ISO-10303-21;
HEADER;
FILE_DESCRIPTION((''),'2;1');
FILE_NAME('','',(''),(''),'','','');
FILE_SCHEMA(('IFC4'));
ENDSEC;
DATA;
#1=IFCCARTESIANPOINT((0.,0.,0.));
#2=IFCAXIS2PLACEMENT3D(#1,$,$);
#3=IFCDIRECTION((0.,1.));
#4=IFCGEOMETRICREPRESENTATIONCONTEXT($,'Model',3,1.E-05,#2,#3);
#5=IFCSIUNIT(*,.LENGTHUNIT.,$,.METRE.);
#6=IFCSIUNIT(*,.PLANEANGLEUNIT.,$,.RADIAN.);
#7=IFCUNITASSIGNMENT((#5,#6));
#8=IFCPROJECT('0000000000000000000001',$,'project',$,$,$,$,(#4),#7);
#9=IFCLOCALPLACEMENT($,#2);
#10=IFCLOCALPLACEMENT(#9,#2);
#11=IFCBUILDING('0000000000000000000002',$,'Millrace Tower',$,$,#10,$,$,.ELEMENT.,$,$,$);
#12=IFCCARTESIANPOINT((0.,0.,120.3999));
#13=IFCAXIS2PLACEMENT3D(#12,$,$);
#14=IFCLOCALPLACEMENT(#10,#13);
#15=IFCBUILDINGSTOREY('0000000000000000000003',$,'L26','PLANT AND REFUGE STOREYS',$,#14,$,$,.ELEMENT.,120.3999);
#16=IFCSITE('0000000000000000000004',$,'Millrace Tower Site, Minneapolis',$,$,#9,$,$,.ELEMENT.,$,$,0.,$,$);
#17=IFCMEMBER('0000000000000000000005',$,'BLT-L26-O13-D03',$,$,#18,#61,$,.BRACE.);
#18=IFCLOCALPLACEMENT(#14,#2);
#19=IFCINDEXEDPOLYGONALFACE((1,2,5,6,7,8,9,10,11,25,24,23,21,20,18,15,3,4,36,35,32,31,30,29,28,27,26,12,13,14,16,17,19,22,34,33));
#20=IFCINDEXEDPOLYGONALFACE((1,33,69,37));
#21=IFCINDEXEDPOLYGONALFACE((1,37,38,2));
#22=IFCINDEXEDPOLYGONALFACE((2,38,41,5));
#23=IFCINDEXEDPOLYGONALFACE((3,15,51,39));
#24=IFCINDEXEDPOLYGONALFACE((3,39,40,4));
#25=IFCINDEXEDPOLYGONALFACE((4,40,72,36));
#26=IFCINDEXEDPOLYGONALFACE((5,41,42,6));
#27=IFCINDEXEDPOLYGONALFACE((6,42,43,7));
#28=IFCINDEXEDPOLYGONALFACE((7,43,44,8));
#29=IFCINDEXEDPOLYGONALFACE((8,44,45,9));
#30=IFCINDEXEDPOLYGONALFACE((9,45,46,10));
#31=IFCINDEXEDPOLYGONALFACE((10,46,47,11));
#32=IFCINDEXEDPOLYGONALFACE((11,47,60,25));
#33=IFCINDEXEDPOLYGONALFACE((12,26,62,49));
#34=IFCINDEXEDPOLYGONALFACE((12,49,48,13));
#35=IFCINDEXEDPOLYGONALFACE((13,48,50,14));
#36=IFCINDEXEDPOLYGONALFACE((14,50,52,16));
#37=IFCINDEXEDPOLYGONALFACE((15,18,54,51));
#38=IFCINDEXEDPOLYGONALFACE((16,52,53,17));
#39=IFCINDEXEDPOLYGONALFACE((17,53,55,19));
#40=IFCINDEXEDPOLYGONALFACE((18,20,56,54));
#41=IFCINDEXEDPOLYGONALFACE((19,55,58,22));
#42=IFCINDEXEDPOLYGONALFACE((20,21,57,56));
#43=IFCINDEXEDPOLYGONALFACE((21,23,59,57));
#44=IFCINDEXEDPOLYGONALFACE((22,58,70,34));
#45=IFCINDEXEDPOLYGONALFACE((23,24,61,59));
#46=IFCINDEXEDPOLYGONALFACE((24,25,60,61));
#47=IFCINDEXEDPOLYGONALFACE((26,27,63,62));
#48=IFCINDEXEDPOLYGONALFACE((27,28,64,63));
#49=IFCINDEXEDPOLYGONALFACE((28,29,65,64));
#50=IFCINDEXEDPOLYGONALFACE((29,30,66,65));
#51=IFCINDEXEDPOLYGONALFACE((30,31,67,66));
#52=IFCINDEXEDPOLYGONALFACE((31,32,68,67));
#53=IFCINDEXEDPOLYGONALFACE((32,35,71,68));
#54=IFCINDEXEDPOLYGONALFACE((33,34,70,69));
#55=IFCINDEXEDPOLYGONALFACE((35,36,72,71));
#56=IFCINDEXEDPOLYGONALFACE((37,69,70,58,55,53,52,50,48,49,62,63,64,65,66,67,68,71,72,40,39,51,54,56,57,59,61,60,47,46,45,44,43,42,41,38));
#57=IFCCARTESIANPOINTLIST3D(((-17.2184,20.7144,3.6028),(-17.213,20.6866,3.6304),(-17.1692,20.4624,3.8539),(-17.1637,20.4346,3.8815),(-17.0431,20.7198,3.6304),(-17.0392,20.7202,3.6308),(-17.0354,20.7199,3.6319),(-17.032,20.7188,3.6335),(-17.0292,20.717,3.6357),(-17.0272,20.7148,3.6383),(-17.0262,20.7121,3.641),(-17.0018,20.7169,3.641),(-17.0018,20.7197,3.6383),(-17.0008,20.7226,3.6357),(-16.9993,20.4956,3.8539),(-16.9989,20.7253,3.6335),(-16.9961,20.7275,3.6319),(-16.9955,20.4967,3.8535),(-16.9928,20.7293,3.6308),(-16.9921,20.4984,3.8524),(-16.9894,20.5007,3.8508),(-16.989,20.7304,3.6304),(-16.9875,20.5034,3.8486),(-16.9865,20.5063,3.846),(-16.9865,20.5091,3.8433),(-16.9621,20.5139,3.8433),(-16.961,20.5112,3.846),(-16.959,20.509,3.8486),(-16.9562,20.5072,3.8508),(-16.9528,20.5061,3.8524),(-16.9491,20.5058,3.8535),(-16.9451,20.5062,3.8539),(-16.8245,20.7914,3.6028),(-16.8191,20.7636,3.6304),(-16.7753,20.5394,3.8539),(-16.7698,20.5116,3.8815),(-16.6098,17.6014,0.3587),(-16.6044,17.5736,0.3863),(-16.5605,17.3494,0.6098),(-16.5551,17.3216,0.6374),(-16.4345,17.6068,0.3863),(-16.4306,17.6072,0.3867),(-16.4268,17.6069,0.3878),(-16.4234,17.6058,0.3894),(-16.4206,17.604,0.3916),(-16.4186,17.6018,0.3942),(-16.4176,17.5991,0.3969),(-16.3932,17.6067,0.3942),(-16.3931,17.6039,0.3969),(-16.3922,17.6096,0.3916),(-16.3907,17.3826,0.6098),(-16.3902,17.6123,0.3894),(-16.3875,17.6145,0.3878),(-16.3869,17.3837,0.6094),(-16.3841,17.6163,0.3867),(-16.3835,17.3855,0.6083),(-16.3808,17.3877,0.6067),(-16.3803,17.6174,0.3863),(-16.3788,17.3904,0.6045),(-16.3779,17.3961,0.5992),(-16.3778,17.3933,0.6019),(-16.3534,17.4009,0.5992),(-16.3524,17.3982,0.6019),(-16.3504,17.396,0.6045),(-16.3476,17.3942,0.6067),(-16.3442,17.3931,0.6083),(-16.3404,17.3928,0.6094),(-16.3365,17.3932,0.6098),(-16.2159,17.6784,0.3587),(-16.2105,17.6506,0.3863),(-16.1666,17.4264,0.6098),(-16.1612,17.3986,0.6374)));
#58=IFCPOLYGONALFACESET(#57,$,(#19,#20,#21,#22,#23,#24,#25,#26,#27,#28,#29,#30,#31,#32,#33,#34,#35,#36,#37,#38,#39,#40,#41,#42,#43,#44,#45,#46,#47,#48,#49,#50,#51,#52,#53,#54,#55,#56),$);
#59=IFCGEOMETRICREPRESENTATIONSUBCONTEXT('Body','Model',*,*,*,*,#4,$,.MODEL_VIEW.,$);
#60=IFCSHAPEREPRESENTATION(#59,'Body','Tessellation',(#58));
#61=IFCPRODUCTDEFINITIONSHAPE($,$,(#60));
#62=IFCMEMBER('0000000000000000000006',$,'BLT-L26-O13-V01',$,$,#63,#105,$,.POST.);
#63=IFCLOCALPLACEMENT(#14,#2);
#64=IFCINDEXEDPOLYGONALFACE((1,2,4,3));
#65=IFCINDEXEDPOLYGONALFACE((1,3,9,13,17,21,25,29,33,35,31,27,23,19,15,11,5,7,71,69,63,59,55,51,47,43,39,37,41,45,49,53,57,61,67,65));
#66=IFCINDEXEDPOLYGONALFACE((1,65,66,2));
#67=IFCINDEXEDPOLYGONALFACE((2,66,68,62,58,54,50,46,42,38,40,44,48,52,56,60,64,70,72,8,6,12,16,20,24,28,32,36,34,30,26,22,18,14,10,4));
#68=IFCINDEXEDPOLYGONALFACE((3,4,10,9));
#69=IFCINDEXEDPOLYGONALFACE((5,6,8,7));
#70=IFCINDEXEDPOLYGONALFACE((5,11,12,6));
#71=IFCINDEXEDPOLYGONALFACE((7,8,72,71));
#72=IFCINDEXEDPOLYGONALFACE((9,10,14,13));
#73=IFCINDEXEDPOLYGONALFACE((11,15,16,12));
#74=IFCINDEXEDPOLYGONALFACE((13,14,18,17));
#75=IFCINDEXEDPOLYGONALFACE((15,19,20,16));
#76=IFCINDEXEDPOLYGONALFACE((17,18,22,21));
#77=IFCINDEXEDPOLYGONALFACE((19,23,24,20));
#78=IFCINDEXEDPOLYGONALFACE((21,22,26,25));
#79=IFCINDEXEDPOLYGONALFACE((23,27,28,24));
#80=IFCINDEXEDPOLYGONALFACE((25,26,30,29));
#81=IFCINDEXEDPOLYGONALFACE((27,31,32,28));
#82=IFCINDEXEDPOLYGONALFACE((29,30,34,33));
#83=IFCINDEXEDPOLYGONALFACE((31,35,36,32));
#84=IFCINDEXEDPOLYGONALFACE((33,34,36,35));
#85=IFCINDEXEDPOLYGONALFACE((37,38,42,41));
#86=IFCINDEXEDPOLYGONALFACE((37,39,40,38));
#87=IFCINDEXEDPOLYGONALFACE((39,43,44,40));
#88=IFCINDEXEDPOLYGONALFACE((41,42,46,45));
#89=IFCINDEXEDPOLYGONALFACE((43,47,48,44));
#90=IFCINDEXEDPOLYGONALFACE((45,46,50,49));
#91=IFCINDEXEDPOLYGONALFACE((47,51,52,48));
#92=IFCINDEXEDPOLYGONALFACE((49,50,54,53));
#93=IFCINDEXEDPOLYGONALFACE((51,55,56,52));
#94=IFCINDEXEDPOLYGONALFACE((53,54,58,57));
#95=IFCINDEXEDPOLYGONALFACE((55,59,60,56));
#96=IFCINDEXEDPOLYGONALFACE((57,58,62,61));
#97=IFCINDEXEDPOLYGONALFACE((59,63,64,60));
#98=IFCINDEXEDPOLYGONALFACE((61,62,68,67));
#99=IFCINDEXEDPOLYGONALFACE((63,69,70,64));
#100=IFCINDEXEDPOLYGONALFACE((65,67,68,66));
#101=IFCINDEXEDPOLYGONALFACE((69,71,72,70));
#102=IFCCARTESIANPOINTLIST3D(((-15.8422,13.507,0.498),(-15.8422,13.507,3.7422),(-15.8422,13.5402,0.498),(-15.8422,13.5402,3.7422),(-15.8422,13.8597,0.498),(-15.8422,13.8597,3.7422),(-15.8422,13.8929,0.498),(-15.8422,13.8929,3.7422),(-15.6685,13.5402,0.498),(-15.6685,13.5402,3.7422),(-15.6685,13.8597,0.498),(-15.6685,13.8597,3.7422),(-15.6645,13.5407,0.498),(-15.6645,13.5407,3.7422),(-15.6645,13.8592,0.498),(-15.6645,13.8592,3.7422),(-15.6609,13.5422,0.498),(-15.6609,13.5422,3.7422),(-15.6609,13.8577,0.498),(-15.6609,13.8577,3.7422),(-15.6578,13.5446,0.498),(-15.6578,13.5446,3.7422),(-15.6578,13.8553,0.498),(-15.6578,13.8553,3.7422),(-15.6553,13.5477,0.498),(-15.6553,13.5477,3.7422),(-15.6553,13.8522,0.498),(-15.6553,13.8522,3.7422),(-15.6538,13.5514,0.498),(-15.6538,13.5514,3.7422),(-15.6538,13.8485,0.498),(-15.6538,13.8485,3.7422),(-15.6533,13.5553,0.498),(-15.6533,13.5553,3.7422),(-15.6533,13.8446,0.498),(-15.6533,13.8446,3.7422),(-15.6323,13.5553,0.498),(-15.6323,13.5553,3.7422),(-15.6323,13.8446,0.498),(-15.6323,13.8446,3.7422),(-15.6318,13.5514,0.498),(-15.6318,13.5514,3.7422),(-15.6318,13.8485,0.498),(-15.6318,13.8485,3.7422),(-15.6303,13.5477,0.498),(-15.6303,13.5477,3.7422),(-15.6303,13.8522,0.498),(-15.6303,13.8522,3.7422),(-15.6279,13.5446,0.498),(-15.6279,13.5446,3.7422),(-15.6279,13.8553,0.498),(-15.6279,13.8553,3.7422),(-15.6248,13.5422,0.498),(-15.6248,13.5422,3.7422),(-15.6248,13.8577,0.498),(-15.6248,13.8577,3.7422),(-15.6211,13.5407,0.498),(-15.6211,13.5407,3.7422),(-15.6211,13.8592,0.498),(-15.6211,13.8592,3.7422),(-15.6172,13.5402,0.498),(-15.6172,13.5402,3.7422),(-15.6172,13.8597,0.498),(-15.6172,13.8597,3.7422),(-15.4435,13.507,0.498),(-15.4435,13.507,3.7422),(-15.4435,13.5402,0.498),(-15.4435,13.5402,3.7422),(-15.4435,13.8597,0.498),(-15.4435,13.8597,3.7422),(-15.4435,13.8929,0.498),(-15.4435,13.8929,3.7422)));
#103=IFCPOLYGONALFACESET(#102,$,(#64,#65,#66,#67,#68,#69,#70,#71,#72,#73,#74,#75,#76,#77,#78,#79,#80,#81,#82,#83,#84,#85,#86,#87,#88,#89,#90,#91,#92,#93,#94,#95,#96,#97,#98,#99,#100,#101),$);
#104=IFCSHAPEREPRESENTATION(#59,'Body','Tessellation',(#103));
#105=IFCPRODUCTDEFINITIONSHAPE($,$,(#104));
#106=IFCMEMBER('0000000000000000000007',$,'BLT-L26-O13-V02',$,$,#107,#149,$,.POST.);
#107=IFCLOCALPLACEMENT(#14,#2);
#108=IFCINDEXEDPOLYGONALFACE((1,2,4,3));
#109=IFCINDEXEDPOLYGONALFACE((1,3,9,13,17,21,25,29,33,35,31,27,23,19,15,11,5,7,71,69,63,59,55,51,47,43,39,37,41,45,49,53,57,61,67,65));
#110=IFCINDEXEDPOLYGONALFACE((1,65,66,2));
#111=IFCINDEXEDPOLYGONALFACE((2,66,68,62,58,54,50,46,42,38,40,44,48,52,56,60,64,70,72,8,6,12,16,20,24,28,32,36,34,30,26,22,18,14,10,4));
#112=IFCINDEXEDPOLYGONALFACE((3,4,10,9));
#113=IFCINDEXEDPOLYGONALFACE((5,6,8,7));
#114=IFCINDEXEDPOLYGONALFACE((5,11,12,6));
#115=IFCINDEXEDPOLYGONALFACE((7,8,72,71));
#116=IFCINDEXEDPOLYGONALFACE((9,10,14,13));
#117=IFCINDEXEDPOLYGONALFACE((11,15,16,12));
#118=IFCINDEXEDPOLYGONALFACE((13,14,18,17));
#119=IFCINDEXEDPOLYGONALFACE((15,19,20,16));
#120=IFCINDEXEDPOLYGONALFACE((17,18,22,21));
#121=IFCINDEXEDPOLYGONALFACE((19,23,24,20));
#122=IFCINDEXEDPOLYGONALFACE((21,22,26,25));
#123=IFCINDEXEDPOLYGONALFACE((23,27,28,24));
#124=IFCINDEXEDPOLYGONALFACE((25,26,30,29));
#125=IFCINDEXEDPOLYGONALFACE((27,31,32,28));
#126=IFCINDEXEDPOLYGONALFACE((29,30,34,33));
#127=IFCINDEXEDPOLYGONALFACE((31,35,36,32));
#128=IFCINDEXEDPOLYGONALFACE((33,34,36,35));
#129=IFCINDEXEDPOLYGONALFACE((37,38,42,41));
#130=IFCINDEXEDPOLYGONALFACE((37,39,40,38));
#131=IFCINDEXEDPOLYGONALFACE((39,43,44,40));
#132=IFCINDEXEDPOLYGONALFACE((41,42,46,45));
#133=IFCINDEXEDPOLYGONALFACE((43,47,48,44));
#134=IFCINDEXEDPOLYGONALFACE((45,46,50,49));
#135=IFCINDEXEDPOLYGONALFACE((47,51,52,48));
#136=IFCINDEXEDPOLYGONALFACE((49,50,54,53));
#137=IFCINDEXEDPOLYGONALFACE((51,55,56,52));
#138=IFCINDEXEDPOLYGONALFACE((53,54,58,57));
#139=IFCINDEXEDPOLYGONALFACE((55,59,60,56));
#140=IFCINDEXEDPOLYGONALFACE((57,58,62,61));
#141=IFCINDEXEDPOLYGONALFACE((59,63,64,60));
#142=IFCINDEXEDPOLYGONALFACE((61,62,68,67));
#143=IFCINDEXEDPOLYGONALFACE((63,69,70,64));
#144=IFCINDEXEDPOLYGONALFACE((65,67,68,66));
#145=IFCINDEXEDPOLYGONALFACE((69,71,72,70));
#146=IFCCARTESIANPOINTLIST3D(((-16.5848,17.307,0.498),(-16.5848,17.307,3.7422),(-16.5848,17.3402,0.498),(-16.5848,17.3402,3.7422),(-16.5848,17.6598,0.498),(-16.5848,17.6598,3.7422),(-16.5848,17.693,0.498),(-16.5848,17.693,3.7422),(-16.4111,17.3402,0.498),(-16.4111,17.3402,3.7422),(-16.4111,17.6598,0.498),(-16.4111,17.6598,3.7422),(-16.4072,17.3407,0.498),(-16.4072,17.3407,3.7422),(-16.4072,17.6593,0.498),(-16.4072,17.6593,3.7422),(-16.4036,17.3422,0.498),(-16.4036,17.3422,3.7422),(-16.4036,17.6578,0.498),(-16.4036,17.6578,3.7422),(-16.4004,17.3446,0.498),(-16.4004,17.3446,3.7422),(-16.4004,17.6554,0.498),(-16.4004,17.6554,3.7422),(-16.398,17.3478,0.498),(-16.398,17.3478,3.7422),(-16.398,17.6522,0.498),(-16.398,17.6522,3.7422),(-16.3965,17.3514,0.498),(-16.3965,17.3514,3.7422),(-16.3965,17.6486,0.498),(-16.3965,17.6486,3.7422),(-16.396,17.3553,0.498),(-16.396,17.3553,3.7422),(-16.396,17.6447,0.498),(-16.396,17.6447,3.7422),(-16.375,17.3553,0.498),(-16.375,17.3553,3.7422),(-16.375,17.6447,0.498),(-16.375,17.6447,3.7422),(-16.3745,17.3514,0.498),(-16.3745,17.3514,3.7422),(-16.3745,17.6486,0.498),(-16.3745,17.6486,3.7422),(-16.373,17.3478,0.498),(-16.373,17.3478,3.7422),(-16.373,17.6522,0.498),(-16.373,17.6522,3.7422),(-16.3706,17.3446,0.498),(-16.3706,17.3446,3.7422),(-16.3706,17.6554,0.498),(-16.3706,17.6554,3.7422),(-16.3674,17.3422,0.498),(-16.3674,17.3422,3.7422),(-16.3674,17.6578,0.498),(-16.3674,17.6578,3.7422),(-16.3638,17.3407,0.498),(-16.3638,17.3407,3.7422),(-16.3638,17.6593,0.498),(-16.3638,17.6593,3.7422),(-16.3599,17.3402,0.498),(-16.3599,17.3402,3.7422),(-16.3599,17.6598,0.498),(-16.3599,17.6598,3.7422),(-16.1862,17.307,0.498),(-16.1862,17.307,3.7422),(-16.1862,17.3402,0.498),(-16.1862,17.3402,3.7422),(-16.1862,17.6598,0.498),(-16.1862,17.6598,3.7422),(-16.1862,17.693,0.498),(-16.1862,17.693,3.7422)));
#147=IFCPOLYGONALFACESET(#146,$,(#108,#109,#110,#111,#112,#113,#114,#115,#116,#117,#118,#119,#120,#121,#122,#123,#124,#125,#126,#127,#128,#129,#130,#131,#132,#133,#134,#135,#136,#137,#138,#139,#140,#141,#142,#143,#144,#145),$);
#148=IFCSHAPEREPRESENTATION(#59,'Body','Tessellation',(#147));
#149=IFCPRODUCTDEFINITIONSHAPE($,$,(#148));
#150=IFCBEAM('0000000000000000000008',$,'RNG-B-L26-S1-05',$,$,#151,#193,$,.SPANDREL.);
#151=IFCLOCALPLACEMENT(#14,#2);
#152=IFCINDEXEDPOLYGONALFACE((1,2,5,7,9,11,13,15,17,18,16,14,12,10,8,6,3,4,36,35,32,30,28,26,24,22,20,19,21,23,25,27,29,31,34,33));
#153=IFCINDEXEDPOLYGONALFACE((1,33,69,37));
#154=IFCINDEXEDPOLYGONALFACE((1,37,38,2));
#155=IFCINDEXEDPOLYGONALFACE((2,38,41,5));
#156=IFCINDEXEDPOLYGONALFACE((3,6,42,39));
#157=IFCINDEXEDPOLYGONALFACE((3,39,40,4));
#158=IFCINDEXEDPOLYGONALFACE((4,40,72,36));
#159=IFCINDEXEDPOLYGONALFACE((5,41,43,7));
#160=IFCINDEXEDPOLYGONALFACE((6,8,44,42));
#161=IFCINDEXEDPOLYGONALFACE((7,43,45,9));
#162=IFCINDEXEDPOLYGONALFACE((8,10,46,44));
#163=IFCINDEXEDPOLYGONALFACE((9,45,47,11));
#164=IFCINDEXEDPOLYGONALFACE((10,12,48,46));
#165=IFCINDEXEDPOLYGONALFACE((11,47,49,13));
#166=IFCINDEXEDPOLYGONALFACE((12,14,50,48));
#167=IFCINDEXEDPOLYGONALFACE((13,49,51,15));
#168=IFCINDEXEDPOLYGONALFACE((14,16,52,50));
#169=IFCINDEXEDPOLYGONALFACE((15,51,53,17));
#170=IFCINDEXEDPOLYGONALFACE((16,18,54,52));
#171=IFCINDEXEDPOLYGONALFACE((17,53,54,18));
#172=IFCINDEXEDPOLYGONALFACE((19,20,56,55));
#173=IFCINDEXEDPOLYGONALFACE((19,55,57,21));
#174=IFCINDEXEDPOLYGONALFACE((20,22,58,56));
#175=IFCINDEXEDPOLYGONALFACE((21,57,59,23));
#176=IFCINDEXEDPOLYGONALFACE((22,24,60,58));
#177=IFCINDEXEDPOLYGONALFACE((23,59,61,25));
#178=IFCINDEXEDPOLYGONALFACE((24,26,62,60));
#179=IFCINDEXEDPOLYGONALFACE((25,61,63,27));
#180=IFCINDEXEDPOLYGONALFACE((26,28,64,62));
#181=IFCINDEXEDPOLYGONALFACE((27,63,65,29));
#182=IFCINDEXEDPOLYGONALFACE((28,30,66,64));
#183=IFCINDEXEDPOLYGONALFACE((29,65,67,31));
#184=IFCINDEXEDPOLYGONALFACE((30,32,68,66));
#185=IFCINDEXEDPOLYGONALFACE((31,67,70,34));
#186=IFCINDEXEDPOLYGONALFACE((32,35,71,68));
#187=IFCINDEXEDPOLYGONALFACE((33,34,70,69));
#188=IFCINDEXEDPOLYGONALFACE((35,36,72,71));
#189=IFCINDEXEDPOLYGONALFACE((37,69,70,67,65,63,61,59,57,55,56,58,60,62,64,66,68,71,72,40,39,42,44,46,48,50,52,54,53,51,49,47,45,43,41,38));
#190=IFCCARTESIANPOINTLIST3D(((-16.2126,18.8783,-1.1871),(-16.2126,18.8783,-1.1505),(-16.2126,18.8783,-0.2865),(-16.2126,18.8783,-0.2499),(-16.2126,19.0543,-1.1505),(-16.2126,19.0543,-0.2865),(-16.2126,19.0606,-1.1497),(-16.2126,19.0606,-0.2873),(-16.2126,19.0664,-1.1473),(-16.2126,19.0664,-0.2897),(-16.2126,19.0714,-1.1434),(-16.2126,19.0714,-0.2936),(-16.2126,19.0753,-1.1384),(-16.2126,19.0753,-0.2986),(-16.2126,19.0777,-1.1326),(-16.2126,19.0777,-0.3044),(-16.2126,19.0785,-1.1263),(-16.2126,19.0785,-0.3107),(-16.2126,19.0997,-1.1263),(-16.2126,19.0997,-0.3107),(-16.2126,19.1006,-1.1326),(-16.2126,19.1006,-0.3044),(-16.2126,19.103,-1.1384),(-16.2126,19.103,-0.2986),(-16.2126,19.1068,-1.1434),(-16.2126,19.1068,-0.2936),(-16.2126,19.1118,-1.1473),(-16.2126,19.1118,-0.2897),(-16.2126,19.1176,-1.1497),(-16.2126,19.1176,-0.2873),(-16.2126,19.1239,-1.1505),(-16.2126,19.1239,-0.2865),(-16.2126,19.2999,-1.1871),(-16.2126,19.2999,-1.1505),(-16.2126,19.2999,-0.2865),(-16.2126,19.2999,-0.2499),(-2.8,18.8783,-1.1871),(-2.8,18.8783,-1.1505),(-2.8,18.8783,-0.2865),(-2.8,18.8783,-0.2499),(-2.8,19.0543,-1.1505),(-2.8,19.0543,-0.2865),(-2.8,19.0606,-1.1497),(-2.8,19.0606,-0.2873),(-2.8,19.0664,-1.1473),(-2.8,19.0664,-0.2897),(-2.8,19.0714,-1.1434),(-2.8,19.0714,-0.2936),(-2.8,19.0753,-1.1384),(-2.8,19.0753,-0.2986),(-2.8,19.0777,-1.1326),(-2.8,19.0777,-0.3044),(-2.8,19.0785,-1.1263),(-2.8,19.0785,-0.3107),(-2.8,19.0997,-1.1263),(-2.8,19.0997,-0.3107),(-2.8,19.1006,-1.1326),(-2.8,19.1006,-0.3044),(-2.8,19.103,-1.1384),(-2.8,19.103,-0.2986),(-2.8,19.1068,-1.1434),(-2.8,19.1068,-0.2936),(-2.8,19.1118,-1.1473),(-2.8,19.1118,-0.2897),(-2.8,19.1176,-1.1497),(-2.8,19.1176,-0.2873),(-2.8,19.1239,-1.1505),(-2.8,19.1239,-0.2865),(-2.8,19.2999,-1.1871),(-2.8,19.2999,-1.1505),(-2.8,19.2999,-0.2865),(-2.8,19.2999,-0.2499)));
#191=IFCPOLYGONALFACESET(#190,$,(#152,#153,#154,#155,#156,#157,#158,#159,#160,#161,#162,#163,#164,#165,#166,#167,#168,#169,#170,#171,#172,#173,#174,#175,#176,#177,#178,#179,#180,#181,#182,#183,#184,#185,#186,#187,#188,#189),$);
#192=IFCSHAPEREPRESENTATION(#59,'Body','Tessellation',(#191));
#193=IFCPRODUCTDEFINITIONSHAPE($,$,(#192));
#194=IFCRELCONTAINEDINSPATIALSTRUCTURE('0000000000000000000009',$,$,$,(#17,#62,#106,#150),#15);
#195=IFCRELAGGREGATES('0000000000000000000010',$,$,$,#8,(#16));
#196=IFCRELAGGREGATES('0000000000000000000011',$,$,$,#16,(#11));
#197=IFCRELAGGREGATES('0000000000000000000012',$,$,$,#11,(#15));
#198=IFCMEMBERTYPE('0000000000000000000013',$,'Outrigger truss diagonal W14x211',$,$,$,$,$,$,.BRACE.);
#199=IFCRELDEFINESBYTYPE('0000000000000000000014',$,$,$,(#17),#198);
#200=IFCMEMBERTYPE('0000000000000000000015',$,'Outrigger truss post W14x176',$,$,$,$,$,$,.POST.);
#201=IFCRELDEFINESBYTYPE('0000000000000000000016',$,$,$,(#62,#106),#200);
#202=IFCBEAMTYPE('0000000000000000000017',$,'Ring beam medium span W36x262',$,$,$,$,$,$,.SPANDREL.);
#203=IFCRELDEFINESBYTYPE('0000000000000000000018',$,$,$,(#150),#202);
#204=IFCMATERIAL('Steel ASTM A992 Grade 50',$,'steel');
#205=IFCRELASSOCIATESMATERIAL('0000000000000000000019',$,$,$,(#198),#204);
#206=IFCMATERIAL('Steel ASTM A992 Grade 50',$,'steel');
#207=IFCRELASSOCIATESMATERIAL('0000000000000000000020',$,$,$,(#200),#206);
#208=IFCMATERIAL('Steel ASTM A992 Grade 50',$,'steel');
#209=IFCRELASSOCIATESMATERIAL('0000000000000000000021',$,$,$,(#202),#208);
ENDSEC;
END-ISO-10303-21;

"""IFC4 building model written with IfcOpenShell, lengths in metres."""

from ifc_helpers import new_model, si_unit, direction, frame, origin, origin_2d, place, context, subcontext, project, spatial, i_section, extrude, material, material_profile, profile_set, type_object, element, save


model = new_model("IFC4")

# Units and contexts
model_context = context("Model", 3, precision=1e-05, world=origin(), true_north=direction((0.0, 1.0)))
body_context = subcontext(model_context, "Body", "Model", "MODEL_VIEW")
ifc_project = project(units=[si_unit("LENGTHUNIT", "METRE"), si_unit("PLANEANGLEUNIT", "RADIAN")], contexts=[model_context])

# Site, building, storey
site_placement = place(None, origin())
site = spatial("IfcSite", under=ifc_project, at=site_placement, Name="Millrace Tower Site, Minneapolis", CompositionType="ELEMENT", RefElevation=0.0)
building_placement = place(site_placement, origin())
building = spatial("IfcBuilding", under=site, at=building_placement, Name="Millrace Tower", CompositionType="ELEMENT")
storey_placement = place(building_placement, frame((0.0, 0.0, 120.3999)))
storey = spatial("IfcBuildingStorey", under=building, at=storey_placement, Name="L26", Description="PLANT AND REFUGE STOREYS", CompositionType="ELEMENT", Elevation=120.3999)

# Members
ifc_material_1 = material(Name="Steel ASTM A992 Grade 50", Category="steel")
ifc_material_profile_1 = material_profile(ifc_material_1, i_section(OverallWidth=0.4014, OverallDepth=0.3987, WebThickness=0.0249, FlangeThickness=0.0396, FilletRadius=0.0151, at=origin_2d()))
ifc_profile_set_1 = profile_set([ifc_material_profile_1], Name="Steel ASTM A992 Grade 50")
member_type_1 = type_object("IfcMemberType", Name="Outrigger truss diagonal W14x211", PredefinedType="BRACE", material=ifc_profile_set_1)
member_1_placement = place(storey_placement, frame((-16.3855, 17.5, 0.498), z_axis=(-0.134146, 0.686119, 0.715014), x_axis=(-0.981418, -0.191881, 0.0)))
element("IfcMember", 1, at=member_1_placement, inside=storey, type_object=member_type_1, Name="BLT-L26-O13-D03", PredefinedType="BRACE", context=body_context, shape_type="SweptSolid", body=[
    extrude(i_section(OverallWidth=0.4014, OverallDepth=0.3987, WebThickness=0.0249, FlangeThickness=0.0396, FilletRadius=0.0151, at=origin_2d()), origin(), (0.0, 0.0, 1.0), 4.5371),
])
ifc_material_2 = material(Name="Steel ASTM A992 Grade 50", Category="steel")
ifc_material_profile_2 = material_profile(ifc_material_2, i_section(OverallWidth=0.3987, OverallDepth=0.386, WebThickness=0.021, FlangeThickness=0.0332, FilletRadius=0.0151, at=origin_2d()))
ifc_profile_set_2 = profile_set([ifc_material_profile_2], Name="Steel ASTM A992 Grade 50")
member_type_2 = type_object("IfcMemberType", Name="Outrigger truss post W14x176", PredefinedType="POST", material=ifc_profile_set_2)
for number, where, z_axis, x_axis, name in (
    (2, (-15.6428, 13.7, 0.498), (0.0, 0.0, 1.0), (1.0, 0.0, 0.0), "BLT-L26-O13-V01"),
    (3, (-16.3855, 17.5, 0.498), (0.0, 0.0, 1.0), (1.0, 0.0, 0.0), "BLT-L26-O13-V02"),
):
    element("IfcMember", number, at=place(storey_placement, frame(where, z_axis=z_axis, x_axis=x_axis)), inside=storey, type_object=member_type_2, Name=name, PredefinedType="POST", context=body_context, shape_type="SweptSolid", body=[
        extrude(i_section(OverallWidth=0.3987, OverallDepth=0.386, WebThickness=0.021, FlangeThickness=0.0332, FilletRadius=0.0151, at=origin_2d()), origin(), (0.0, 0.0, 1.0), 3.2441),
    ])

# Beam
ifc_material_3 = material(Name="Steel ASTM A992 Grade 50", Category="steel")
ifc_material_profile_3 = material_profile(ifc_material_3, i_section(OverallWidth=0.4216, OverallDepth=0.9373, WebThickness=0.0212, FlangeThickness=0.0366, FilletRadius=0.0242, at=origin_2d()))
ifc_profile_set_3 = profile_set([ifc_material_profile_3], Name="Steel ASTM A992 Grade 50")
beam_type_1 = type_object("IfcBeamType", Name="Ring beam medium span W36x262", PredefinedType="SPANDREL", material=ifc_profile_set_3)
beam_1_placement = place(storey_placement, frame((-16.2126, 19.0891, -0.7185), z_axis=(1.0, 0.0, 0.0), x_axis=(0.0, 1.0, 0.0)))
element("IfcBeam", 4, at=beam_1_placement, inside=storey, type_object=beam_type_1, Name="RNG-B-L26-S1-05", PredefinedType="SPANDREL", context=body_context, shape_type="SweptSolid", body=[
    extrude(i_section(OverallWidth=0.4216, OverallDepth=0.9373, WebThickness=0.0212, FlangeThickness=0.0366, FilletRadius=0.0242, at=origin_2d()), origin(), (0.0, 0.0, 1.0), 13.4126),
])

save(model, "model.ifc")
